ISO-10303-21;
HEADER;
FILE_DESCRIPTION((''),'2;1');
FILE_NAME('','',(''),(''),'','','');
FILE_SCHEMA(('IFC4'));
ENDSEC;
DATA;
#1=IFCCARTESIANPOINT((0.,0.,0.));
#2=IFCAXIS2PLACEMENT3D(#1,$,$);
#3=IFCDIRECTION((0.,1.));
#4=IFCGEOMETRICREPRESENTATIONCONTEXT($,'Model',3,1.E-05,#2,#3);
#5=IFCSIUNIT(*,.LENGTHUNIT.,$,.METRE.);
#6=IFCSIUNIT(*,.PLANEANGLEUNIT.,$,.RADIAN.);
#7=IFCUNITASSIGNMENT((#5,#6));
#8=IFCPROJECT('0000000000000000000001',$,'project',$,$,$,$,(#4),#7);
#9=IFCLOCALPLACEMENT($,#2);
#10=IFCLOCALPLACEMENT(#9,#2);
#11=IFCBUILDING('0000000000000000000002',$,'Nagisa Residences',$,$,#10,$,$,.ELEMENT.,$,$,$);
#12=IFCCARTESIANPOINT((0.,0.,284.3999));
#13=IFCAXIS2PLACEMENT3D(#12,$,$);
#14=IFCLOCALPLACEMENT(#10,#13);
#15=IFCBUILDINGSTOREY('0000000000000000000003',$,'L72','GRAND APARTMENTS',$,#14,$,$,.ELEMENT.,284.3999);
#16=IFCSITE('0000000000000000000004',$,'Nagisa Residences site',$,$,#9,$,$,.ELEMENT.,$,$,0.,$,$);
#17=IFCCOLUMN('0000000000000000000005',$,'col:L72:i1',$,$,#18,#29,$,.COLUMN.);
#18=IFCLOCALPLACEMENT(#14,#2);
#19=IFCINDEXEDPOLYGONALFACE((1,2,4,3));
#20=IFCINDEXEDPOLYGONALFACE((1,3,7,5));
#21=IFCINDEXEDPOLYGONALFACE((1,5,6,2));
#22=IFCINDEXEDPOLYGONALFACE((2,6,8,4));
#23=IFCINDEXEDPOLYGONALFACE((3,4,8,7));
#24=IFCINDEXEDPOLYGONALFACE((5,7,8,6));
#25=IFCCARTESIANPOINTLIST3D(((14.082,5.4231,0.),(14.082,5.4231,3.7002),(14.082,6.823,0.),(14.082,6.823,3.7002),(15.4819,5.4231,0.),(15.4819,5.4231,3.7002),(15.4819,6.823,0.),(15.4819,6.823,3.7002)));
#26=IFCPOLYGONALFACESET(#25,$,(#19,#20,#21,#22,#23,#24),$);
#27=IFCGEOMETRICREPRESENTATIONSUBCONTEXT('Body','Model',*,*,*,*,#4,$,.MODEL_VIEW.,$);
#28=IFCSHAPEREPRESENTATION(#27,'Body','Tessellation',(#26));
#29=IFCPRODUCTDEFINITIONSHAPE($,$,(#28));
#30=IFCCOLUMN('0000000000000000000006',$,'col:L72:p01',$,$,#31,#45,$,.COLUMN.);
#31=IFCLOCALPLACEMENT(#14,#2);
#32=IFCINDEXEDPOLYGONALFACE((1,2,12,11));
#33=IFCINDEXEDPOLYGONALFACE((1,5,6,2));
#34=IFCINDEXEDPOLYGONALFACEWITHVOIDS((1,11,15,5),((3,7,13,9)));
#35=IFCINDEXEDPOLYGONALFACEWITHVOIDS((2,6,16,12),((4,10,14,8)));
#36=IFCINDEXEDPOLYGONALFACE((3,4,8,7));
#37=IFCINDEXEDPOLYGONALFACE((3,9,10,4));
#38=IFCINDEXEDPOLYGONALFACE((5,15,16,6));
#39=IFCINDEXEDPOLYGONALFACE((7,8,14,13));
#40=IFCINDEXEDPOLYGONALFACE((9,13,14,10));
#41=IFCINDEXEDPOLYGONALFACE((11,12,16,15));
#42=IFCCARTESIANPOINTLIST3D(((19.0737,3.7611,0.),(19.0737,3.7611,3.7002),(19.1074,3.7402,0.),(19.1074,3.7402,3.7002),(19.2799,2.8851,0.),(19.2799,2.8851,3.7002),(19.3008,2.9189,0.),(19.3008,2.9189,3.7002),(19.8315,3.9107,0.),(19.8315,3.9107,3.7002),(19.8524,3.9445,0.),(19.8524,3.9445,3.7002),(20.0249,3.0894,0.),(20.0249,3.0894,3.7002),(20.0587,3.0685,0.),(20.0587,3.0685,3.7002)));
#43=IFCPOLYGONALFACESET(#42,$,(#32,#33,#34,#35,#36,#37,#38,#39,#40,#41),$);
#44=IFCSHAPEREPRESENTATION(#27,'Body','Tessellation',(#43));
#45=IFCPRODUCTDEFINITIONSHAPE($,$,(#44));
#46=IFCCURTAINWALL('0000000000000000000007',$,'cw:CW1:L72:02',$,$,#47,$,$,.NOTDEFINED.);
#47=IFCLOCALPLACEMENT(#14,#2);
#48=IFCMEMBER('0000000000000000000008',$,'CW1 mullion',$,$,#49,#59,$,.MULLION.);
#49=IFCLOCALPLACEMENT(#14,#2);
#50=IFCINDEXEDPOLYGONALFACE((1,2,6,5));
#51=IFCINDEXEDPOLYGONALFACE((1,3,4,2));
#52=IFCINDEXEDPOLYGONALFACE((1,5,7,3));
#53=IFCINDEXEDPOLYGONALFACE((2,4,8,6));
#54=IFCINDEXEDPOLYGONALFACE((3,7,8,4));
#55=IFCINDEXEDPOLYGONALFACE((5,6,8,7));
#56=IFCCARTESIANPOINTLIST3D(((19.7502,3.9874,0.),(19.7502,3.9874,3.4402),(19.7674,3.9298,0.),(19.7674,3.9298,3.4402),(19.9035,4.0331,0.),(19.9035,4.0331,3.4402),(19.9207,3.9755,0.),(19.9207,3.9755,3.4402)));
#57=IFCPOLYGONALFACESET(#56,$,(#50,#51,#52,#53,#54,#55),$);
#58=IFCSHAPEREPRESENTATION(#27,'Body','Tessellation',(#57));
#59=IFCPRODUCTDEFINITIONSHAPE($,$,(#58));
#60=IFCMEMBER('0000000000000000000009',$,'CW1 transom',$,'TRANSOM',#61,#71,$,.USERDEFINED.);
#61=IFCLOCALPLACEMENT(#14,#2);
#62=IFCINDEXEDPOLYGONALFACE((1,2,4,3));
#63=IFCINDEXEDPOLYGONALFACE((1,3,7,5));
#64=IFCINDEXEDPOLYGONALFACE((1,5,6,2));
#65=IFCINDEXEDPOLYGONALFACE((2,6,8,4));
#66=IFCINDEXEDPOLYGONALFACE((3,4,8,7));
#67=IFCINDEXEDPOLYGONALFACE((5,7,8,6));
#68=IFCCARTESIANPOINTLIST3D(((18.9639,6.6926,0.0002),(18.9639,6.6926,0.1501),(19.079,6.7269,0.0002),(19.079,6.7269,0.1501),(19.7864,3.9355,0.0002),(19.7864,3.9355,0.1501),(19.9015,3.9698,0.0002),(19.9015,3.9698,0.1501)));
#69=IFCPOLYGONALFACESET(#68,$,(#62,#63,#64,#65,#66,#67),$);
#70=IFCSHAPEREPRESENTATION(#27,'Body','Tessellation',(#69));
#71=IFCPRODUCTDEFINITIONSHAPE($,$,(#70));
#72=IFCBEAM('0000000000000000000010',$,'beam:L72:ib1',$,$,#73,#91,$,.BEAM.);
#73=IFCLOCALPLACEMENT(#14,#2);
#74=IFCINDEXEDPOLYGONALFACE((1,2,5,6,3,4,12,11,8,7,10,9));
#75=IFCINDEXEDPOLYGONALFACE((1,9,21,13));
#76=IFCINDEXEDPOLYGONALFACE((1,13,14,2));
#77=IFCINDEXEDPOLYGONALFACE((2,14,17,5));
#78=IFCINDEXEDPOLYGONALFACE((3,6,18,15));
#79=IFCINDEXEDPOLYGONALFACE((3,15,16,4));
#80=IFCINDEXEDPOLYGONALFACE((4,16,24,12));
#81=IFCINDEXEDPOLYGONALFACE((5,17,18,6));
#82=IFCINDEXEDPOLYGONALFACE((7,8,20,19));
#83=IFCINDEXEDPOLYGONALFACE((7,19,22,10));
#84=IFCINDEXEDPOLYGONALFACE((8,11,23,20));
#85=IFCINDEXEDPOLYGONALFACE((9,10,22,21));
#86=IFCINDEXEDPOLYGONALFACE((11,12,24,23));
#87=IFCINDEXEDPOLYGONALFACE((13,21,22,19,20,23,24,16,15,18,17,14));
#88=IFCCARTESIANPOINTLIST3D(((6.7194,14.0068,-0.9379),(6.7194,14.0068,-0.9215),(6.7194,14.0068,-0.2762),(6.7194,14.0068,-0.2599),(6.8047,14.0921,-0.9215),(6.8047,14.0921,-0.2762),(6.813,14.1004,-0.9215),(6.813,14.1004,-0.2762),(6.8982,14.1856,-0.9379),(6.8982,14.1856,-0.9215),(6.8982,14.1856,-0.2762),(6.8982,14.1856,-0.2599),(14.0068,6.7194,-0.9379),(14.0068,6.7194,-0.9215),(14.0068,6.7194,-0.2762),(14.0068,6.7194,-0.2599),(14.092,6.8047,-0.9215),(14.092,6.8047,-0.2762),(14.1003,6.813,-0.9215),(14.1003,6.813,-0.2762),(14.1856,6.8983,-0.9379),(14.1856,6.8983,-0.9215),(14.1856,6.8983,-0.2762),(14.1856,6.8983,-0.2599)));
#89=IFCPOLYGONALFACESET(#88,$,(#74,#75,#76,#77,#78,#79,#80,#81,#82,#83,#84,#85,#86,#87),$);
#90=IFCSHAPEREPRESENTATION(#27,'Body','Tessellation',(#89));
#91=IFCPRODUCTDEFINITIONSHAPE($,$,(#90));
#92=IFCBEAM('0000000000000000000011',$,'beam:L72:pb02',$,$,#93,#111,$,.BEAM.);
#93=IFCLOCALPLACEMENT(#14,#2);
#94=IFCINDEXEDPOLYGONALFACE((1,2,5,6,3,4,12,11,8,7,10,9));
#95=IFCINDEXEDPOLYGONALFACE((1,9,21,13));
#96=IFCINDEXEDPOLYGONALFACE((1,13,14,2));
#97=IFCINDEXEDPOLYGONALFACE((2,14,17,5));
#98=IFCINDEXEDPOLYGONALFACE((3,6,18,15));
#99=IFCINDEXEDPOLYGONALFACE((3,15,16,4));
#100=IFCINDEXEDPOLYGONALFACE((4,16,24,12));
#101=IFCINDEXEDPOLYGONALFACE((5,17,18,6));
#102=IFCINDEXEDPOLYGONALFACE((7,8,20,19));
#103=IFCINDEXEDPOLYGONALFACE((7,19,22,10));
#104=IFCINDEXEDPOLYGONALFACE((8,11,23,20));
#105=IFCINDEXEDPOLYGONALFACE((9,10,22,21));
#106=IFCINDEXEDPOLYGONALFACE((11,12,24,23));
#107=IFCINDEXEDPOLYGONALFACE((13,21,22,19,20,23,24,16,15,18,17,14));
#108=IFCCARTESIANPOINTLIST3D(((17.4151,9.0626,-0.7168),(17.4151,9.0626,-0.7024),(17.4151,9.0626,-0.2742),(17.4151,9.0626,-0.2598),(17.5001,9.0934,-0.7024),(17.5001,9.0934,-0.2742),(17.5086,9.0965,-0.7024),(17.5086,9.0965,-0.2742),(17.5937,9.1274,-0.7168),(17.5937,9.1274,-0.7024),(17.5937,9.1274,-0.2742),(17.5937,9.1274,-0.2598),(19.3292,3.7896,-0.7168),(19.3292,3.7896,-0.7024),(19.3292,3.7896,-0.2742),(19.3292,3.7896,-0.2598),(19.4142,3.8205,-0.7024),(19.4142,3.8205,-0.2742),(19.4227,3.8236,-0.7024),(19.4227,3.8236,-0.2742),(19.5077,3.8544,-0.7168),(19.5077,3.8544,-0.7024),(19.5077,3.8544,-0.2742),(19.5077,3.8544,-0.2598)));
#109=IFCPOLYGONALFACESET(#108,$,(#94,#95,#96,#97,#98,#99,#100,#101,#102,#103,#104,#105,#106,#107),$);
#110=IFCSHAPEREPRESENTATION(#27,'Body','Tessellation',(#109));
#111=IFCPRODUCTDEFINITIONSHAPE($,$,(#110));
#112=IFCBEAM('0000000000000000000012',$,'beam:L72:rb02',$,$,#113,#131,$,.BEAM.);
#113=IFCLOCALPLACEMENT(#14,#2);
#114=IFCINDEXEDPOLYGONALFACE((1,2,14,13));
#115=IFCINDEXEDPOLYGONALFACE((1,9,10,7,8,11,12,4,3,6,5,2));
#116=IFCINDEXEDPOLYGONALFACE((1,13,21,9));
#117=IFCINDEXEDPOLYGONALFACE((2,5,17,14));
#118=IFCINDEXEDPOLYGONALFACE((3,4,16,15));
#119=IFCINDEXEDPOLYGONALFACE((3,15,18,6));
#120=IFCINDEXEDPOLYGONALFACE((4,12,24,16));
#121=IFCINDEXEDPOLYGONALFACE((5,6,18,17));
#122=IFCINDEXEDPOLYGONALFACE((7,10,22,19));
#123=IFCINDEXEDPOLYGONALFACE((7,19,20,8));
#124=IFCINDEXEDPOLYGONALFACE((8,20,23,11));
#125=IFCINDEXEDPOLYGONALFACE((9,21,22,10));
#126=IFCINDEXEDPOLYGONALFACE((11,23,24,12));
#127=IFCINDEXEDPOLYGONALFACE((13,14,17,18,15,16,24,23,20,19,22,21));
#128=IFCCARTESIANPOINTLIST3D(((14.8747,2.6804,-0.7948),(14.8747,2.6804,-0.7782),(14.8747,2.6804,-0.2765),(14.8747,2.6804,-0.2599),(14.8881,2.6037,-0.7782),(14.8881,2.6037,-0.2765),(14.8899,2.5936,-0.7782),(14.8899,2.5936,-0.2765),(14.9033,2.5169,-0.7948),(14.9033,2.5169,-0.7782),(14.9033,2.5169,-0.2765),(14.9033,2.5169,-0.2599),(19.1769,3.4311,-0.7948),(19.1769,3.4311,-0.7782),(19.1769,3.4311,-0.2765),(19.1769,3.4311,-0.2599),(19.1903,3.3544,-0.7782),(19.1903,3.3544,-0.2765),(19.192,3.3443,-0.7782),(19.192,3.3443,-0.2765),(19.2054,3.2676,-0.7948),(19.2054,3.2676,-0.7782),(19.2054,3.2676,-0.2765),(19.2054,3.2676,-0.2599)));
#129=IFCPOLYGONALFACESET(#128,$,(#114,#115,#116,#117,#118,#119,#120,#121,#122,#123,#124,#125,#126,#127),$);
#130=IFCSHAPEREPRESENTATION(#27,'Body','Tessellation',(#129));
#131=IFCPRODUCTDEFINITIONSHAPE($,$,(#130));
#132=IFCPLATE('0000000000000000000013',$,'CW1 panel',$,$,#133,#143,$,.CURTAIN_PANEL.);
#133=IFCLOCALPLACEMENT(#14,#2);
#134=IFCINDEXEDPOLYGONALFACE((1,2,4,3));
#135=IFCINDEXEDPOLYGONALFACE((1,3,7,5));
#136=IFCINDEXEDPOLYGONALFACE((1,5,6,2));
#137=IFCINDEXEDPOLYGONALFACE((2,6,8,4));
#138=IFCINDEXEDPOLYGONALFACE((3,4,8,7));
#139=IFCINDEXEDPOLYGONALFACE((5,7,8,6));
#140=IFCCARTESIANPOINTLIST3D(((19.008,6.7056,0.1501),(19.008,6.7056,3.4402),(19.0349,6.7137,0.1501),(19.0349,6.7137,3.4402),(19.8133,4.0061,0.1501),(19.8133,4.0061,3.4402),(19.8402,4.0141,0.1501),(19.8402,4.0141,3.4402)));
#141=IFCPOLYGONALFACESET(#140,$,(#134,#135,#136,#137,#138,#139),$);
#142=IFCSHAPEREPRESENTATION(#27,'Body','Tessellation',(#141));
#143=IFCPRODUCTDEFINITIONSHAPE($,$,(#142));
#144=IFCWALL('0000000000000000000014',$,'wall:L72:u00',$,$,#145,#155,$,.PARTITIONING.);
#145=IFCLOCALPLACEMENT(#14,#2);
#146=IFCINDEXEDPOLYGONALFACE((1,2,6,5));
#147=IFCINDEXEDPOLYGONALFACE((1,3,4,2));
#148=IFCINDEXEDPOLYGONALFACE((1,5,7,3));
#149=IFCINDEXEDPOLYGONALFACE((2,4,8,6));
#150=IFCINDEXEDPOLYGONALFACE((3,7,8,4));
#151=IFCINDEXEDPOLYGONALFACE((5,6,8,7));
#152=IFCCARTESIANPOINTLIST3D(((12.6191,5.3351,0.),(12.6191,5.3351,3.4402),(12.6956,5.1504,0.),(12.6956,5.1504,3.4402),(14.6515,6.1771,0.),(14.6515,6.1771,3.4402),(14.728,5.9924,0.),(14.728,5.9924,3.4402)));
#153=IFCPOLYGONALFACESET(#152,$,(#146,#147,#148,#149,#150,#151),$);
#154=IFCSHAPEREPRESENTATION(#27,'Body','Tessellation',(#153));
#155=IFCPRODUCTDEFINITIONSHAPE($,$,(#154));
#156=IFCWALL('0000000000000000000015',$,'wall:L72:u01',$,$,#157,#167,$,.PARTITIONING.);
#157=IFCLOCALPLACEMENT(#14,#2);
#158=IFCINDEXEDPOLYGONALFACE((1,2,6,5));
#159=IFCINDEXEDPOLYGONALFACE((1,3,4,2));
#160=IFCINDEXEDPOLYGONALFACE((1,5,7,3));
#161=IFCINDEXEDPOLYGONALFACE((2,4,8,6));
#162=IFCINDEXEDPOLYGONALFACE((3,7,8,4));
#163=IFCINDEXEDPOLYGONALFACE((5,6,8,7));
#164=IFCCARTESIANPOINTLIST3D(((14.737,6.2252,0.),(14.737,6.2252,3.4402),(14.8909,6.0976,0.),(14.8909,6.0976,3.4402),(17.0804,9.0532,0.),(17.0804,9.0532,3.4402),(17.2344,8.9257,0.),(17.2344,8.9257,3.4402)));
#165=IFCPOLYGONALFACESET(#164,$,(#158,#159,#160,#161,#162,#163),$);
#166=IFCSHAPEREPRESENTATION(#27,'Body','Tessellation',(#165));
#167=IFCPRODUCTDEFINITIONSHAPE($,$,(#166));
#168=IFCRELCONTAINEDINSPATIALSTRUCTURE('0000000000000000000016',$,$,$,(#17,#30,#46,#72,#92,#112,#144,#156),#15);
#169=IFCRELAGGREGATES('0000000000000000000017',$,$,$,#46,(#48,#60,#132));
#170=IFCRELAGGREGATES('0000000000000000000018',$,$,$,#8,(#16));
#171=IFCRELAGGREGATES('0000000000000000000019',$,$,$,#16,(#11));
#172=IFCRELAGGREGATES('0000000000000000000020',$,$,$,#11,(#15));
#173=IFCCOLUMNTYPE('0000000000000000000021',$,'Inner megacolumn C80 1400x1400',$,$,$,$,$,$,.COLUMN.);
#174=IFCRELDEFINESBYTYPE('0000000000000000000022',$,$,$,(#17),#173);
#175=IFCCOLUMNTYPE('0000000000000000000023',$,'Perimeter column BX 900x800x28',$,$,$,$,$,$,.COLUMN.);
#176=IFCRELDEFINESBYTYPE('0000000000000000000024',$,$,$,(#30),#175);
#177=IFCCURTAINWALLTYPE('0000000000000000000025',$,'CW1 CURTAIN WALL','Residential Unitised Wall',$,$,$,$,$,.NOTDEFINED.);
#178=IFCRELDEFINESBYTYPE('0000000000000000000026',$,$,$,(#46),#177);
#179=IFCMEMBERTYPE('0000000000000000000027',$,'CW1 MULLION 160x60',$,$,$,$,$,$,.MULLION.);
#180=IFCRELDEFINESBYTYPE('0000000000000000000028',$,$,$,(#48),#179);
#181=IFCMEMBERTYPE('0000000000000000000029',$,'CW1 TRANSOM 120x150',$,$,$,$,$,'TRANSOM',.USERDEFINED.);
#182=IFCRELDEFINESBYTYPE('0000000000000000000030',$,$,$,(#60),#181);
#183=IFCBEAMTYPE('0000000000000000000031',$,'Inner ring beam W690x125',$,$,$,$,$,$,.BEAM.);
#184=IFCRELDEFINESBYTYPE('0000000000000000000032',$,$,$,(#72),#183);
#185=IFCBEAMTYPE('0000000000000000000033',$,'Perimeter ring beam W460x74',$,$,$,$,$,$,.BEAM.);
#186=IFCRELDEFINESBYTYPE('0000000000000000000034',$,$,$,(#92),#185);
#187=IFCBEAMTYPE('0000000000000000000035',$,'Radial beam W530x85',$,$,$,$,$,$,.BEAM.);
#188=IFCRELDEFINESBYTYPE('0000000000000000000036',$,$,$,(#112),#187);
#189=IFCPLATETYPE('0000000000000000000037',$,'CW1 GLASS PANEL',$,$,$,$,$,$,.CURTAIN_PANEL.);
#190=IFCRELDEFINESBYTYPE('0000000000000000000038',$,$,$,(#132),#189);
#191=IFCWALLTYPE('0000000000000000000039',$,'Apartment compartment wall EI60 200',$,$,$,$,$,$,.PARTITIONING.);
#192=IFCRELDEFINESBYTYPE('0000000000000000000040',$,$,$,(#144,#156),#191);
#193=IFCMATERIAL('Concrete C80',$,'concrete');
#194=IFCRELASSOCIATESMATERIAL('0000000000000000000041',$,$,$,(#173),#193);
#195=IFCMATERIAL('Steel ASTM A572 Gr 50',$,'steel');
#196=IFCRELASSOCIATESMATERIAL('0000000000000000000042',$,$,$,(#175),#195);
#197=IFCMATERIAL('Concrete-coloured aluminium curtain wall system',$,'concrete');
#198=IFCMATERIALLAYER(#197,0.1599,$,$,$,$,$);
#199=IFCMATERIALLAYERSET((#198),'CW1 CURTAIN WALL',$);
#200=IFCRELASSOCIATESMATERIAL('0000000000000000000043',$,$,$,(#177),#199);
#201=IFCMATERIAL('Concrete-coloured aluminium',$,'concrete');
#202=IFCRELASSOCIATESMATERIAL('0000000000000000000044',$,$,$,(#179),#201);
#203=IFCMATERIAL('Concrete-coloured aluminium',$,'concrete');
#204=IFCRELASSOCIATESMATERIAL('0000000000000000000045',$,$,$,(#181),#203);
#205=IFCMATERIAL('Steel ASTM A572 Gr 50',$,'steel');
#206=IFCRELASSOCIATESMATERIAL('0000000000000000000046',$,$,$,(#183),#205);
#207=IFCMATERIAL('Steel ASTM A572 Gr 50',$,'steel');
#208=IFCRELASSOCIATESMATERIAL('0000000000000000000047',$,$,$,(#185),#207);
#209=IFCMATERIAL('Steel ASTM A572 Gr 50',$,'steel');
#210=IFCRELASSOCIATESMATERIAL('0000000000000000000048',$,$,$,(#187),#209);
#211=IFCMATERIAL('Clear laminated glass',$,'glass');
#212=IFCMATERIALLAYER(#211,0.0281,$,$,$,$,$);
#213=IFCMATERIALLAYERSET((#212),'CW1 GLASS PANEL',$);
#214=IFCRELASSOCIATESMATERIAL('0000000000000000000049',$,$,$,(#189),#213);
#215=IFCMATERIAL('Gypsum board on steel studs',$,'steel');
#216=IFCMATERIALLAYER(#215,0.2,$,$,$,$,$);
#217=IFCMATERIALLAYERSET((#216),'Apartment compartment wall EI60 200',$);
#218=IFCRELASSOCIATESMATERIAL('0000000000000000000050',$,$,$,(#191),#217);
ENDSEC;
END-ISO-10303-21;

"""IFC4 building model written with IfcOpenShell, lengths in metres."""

from ifc_helpers import new_model, si_unit, direction, frame, frame_2d, origin, origin_2d, place, context, subcontext, project, spatial, rectangle, hollow_rectangle, i_section, extrude, material, layer, layer_set, material_profile, profile_set, type_object, element, aggregate, save


model = new_model("IFC4")

# Units and contexts
model_context = context("Model", 3, precision=1e-05, world=origin(), true_north=direction((0.0, 1.0)))
body_context = subcontext(model_context, "Body", "Model", "MODEL_VIEW")
ifc_project = project(units=[si_unit("LENGTHUNIT", "METRE"), si_unit("PLANEANGLEUNIT", "RADIAN")], contexts=[model_context])

# Site, building, storey
site_placement = place(None, origin())
site = spatial("IfcSite", under=ifc_project, at=site_placement, Name="Nagisa Residences site", CompositionType="ELEMENT", RefElevation=0.0)
building_placement = place(site_placement, origin())
building = spatial("IfcBuilding", under=site, at=building_placement, Name="Nagisa Residences", CompositionType="ELEMENT")
storey_placement = place(building_placement, frame((0.0, 0.0, 284.3999)))
storey = spatial("IfcBuildingStorey", under=building, at=storey_placement, Name="L72", Description="GRAND APARTMENTS", CompositionType="ELEMENT", Elevation=284.3999)

# Columns
ifc_material_1 = material(Name="Concrete C80", Category="concrete")
ifc_material_profile_1 = material_profile(ifc_material_1, rectangle(XDim=1.3999, YDim=1.3999, at=origin_2d()), Name="C80 1400x1400")
ifc_profile_set_1 = profile_set([ifc_material_profile_1], Name="Concrete C80")
column_type_1 = type_object("IfcColumnType", Name="Inner megacolumn C80 1400x1400", PredefinedType="COLUMN", material=ifc_profile_set_1)
column_1_placement = place(storey_placement, frame((14.782, 6.123, 0.0), z_axis=(0.0, 0.0, 1.0), x_axis=(1.0, 0.0, 0.0)))
element("IfcColumn", 1, at=column_1_placement, inside=storey, type_object=column_type_1, Name="col:L72:i1", PredefinedType="COLUMN", context=body_context, shape_type="SweptSolid", body=[
    extrude(rectangle(XDim=1.3999, YDim=1.3999, at=origin_2d()), origin(), (0.0, 0.0, 1.0), 3.7002),
])
ifc_material_2 = material(Name="Steel ASTM A572 Gr 50", Category="steel")
ifc_material_profile_2 = material_profile(ifc_material_2, hollow_rectangle(XDim=0.8999, YDim=0.8, WallThickness=0.0281, at=origin_2d()), Name="BX 900x800x28")
ifc_profile_set_2 = profile_set([ifc_material_profile_2], Name="Steel ASTM A572 Gr 50")
column_type_2 = type_object("IfcColumnType", Name="Perimeter column BX 900x800x28", PredefinedType="COLUMN", material=ifc_profile_set_2)
column_2_placement = place(storey_placement, frame((19.5662, 3.4148, 0.0), z_axis=(0.0, 0.0, 1.0), x_axis=(-0.229202, 0.973379, 0.0)))
element("IfcColumn", 2, at=column_2_placement, inside=storey, type_object=column_type_2, Name="col:L72:p01", PredefinedType="COLUMN", context=body_context, shape_type="SweptSolid", body=[
    extrude(hollow_rectangle(XDim=0.8999, YDim=0.8, WallThickness=0.0281, at=origin_2d()), origin(), (0.0, 0.0, 1.0), 3.7002),
])

# Curtain wall, members
ifc_material_3 = material(Name="Concrete-coloured aluminium curtain wall system", Category="concrete")
ifc_layer_1 = layer(ifc_material_3, 0.1599)
ifc_layer_set_1 = layer_set([ifc_layer_1], Name="CW1 CURTAIN WALL")
curtain_wall_type = type_object("IfcCurtainWallType", Name="CW1 CURTAIN WALL", Description="Residential Unitised Wall", PredefinedType="NOTDEFINED", material=ifc_layer_set_1)
curtain_wall_placement = place(storey_placement, origin())
curtain_wall = element("IfcCurtainWall", 3, at=curtain_wall_placement, inside=storey, type_object=curtain_wall_type, Name="cw:CW1:L72:02", PredefinedType="NOTDEFINED")
ifc_material_4 = material(Name="Concrete-coloured aluminium", Category="concrete")
ifc_material_profile_3 = material_profile(ifc_material_4, rectangle(XDim=0.1599, YDim=0.0601, at=origin_2d()), Name="CW1 MULLION 160x60")
ifc_profile_set_3 = profile_set([ifc_material_profile_3], Name="Concrete-coloured aluminium")
member_type_1 = type_object("IfcMemberType", Name="CW1 MULLION 160x60", PredefinedType="MULLION", material=ifc_profile_set_3)
member_1_placement = place(storey_placement, frame((19.8354, 3.9814, 0.0), z_axis=(0.0, 0.0, 1.0), x_axis=(-0.958271, -0.28586, 0.0)))
member_1 = element("IfcMember", 4, at=member_1_placement, type_object=member_type_1, Name="CW1 mullion", PredefinedType="MULLION", context=body_context, shape_type="SweptSolid", body=[
    extrude(rectangle(XDim=0.1599, YDim=0.0601, at=origin_2d()), origin(), (0.0, 0.0, 1.0), 3.4402),
])
ifc_material_5 = material(Name="Concrete-coloured aluminium", Category="concrete")
ifc_material_profile_4 = material_profile(ifc_material_5, rectangle(XDim=0.1201, YDim=0.1499, at=origin_2d()), Name="CW1 TRANSOM 120x150")
ifc_profile_set_4 = profile_set([ifc_material_profile_4], Name="Concrete-coloured aluminium")
member_type_2 = type_object("IfcMemberType", Name="CW1 TRANSOM 120x150", ElementType="TRANSOM", PredefinedType="USERDEFINED", material=ifc_profile_set_4)
member_2_placement = place(storey_placement, frame((19.844, 3.9526, 0.0752), z_axis=(-0.285876, 0.958267, 0.0), x_axis=(-0.958267, -0.285876, 0.0)))
member_2 = element("IfcMember", 5, at=member_2_placement, type_object=member_type_2, Name="CW1 transom", ObjectType="TRANSOM", PredefinedType="USERDEFINED", context=body_context, shape_type="SweptSolid", body=[
    extrude(rectangle(XDim=0.1201, YDim=0.1499, at=origin_2d()), origin(), (0.0, 0.0, 1.0), 2.8772),
])

# Beams
ifc_material_6 = material(Name="Steel ASTM A572 Gr 50", Category="steel")
ifc_material_profile_5 = material_profile(ifc_material_6, i_section(OverallWidth=0.2529, OverallDepth=0.678, WebThickness=0.0117, FlangeThickness=0.0164, at=origin_2d()), Name="W690x125")
ifc_profile_set_5 = profile_set([ifc_material_profile_5], Name="Steel ASTM A572 Gr 50")
beam_type_1 = type_object("IfcBeamType", Name="Inner ring beam W690x125", PredefinedType="BEAM", material=ifc_profile_set_5)
beam_1_placement = place(storey_placement, frame((14.0962, 6.8088, -0.5989), z_axis=(-0.707107, 0.707107, 0.0), x_axis=(-0.707107, -0.707107, 0.0)))
element("IfcBeam", 6, at=beam_1_placement, inside=storey, type_object=beam_type_1, Name="beam:L72:ib1", PredefinedType="BEAM", context=body_context, shape_type="SweptSolid", body=[
    extrude(i_section(OverallWidth=0.2529, OverallDepth=0.678, WebThickness=0.0117, FlangeThickness=0.0164, at=origin_2d()), origin(), (0.0, 0.0, 1.0), 10.3059),
])
ifc_material_7 = material(Name="Steel ASTM A572 Gr 50", Category="steel")
ifc_material_profile_6 = material_profile(ifc_material_7, i_section(OverallWidth=0.1899, OverallDepth=0.457, WebThickness=0.009, FlangeThickness=0.0144, at=origin_2d()), Name="W460x74")
ifc_profile_set_6 = profile_set([ifc_material_profile_6], Name="Steel ASTM A572 Gr 50")
beam_type_2 = type_object("IfcBeamType", Name="Perimeter ring beam W460x74", PredefinedType="BEAM", material=ifc_profile_set_6)
beam_2_placement = place(storey_placement, frame((19.4185, 3.822, -0.4883), z_axis=(-0.341212, 0.939986, 0.0), x_axis=(-0.939986, -0.341212, 0.0)))
element("IfcBeam", 7, at=beam_2_placement, inside=storey, type_object=beam_type_2, Name="beam:L72:pb02", PredefinedType="BEAM", context=body_context, shape_type="SweptSolid", body=[
    extrude(i_section(OverallWidth=0.1899, OverallDepth=0.457, WebThickness=0.009, FlangeThickness=0.0144, at=origin_2d()), origin(), (0.0, 0.0, 1.0), 5.6096),
])
ifc_material_8 = material(Name="Steel ASTM A572 Gr 50", Category="steel")
ifc_material_profile_7 = material_profile(ifc_material_8, i_section(OverallWidth=0.166, OverallDepth=0.5349, WebThickness=0.0103, FlangeThickness=0.0166, at=origin_2d()), Name="W530x85")
ifc_profile_set_7 = profile_set([ifc_material_profile_7], Name="Steel ASTM A572 Gr 50")
beam_type_3 = type_object("IfcBeamType", Name="Radial beam W530x85", PredefinedType="BEAM", material=ifc_profile_set_7)
beam_3_placement = place(storey_placement, frame((19.1912, 3.3494, -0.5273), z_axis=(-0.985114, -0.1719, 0.0), x_axis=(0.1719, -0.985114, 0.0)))
element("IfcBeam", 8, at=beam_3_placement, inside=storey, type_object=beam_type_3, Name="beam:L72:rb02", PredefinedType="BEAM", context=body_context, shape_type="SweptSolid", body=[
    extrude(i_section(OverallWidth=0.166, OverallDepth=0.5349, WebThickness=0.0103, FlangeThickness=0.0166, at=origin_2d()), origin(), (0.0, 0.0, 1.0), 4.3672),
])

# Plate
ifc_material_9 = material(Name="Clear laminated glass", Category="glass")
ifc_layer_2 = layer(ifc_material_9, 0.0281)
ifc_layer_set_2 = layer_set([ifc_layer_2], Name="CW1 GLASS PANEL")
plate_type = type_object("IfcPlateType", Name="CW1 GLASS PANEL", PredefinedType="CURTAIN_PANEL", material=ifc_layer_set_2)
plate_placement = place(storey_placement, frame((19.4241, 5.3599, 0.1501), z_axis=(0.0, 0.0, 1.0), x_axis=(-0.28586, 0.958271, 0.0)))
plate = element("IfcPlate", 9, at=plate_placement, type_object=plate_type, Name="CW1 panel", PredefinedType="CURTAIN_PANEL", context=body_context, shape_type="SweptSolid", body=[
    extrude(rectangle(XDim=2.8171, YDim=0.0281, at=origin_2d()), origin(), (0.0, 0.0, 1.0), 3.29),
])
aggregate(curtain_wall, [member_1, member_2, plate])

# Walls
ifc_material_10 = material(Name="Gypsum board on steel studs", Category="steel")
ifc_layer_3 = layer(ifc_material_10, 0.2)
ifc_layer_set_3 = layer_set([ifc_layer_3], Name="Apartment compartment wall EI60 200")
wall_type_1 = type_object("IfcWallType", Name="Apartment compartment wall EI60 200", PredefinedType="PARTITIONING", material=ifc_layer_set_3)
wall_1_placement = place(storey_placement, frame((12.6572, 5.2427, 0.0), z_axis=(0.0, 0.0, 1.0), x_axis=(0.923853, 0.382747, 0.0)))
element("IfcWall", 10, at=wall_1_placement, inside=storey, type_object=wall_type_1, Name="wall:L72:u00", PredefinedType="PARTITIONING", context=body_context, shape_type="SweptSolid", body=[
    extrude(rectangle(XDim=2.2, YDim=0.2, at=frame_2d((1.1001, 0.0))), origin(), (0.0, 0.0, 1.0), 3.4402),
])
wall_2_placement = place(storey_placement, frame((14.814, 6.1614, 0.0), z_axis=(0.0, 0.0, 1.0), x_axis=(0.638051, 0.769995, 0.0)))
element("IfcWall", 11, at=wall_2_placement, inside=storey, type_object=wall_type_1, Name="wall:L72:u01", PredefinedType="PARTITIONING", context=body_context, shape_type="SweptSolid", body=[
    extrude(rectangle(XDim=3.6729, YDim=0.2, at=frame_2d((1.8364, 0.0))), origin(), (0.0, 0.0, 1.0), 3.4402),
])

save(model, "model.ifc")
